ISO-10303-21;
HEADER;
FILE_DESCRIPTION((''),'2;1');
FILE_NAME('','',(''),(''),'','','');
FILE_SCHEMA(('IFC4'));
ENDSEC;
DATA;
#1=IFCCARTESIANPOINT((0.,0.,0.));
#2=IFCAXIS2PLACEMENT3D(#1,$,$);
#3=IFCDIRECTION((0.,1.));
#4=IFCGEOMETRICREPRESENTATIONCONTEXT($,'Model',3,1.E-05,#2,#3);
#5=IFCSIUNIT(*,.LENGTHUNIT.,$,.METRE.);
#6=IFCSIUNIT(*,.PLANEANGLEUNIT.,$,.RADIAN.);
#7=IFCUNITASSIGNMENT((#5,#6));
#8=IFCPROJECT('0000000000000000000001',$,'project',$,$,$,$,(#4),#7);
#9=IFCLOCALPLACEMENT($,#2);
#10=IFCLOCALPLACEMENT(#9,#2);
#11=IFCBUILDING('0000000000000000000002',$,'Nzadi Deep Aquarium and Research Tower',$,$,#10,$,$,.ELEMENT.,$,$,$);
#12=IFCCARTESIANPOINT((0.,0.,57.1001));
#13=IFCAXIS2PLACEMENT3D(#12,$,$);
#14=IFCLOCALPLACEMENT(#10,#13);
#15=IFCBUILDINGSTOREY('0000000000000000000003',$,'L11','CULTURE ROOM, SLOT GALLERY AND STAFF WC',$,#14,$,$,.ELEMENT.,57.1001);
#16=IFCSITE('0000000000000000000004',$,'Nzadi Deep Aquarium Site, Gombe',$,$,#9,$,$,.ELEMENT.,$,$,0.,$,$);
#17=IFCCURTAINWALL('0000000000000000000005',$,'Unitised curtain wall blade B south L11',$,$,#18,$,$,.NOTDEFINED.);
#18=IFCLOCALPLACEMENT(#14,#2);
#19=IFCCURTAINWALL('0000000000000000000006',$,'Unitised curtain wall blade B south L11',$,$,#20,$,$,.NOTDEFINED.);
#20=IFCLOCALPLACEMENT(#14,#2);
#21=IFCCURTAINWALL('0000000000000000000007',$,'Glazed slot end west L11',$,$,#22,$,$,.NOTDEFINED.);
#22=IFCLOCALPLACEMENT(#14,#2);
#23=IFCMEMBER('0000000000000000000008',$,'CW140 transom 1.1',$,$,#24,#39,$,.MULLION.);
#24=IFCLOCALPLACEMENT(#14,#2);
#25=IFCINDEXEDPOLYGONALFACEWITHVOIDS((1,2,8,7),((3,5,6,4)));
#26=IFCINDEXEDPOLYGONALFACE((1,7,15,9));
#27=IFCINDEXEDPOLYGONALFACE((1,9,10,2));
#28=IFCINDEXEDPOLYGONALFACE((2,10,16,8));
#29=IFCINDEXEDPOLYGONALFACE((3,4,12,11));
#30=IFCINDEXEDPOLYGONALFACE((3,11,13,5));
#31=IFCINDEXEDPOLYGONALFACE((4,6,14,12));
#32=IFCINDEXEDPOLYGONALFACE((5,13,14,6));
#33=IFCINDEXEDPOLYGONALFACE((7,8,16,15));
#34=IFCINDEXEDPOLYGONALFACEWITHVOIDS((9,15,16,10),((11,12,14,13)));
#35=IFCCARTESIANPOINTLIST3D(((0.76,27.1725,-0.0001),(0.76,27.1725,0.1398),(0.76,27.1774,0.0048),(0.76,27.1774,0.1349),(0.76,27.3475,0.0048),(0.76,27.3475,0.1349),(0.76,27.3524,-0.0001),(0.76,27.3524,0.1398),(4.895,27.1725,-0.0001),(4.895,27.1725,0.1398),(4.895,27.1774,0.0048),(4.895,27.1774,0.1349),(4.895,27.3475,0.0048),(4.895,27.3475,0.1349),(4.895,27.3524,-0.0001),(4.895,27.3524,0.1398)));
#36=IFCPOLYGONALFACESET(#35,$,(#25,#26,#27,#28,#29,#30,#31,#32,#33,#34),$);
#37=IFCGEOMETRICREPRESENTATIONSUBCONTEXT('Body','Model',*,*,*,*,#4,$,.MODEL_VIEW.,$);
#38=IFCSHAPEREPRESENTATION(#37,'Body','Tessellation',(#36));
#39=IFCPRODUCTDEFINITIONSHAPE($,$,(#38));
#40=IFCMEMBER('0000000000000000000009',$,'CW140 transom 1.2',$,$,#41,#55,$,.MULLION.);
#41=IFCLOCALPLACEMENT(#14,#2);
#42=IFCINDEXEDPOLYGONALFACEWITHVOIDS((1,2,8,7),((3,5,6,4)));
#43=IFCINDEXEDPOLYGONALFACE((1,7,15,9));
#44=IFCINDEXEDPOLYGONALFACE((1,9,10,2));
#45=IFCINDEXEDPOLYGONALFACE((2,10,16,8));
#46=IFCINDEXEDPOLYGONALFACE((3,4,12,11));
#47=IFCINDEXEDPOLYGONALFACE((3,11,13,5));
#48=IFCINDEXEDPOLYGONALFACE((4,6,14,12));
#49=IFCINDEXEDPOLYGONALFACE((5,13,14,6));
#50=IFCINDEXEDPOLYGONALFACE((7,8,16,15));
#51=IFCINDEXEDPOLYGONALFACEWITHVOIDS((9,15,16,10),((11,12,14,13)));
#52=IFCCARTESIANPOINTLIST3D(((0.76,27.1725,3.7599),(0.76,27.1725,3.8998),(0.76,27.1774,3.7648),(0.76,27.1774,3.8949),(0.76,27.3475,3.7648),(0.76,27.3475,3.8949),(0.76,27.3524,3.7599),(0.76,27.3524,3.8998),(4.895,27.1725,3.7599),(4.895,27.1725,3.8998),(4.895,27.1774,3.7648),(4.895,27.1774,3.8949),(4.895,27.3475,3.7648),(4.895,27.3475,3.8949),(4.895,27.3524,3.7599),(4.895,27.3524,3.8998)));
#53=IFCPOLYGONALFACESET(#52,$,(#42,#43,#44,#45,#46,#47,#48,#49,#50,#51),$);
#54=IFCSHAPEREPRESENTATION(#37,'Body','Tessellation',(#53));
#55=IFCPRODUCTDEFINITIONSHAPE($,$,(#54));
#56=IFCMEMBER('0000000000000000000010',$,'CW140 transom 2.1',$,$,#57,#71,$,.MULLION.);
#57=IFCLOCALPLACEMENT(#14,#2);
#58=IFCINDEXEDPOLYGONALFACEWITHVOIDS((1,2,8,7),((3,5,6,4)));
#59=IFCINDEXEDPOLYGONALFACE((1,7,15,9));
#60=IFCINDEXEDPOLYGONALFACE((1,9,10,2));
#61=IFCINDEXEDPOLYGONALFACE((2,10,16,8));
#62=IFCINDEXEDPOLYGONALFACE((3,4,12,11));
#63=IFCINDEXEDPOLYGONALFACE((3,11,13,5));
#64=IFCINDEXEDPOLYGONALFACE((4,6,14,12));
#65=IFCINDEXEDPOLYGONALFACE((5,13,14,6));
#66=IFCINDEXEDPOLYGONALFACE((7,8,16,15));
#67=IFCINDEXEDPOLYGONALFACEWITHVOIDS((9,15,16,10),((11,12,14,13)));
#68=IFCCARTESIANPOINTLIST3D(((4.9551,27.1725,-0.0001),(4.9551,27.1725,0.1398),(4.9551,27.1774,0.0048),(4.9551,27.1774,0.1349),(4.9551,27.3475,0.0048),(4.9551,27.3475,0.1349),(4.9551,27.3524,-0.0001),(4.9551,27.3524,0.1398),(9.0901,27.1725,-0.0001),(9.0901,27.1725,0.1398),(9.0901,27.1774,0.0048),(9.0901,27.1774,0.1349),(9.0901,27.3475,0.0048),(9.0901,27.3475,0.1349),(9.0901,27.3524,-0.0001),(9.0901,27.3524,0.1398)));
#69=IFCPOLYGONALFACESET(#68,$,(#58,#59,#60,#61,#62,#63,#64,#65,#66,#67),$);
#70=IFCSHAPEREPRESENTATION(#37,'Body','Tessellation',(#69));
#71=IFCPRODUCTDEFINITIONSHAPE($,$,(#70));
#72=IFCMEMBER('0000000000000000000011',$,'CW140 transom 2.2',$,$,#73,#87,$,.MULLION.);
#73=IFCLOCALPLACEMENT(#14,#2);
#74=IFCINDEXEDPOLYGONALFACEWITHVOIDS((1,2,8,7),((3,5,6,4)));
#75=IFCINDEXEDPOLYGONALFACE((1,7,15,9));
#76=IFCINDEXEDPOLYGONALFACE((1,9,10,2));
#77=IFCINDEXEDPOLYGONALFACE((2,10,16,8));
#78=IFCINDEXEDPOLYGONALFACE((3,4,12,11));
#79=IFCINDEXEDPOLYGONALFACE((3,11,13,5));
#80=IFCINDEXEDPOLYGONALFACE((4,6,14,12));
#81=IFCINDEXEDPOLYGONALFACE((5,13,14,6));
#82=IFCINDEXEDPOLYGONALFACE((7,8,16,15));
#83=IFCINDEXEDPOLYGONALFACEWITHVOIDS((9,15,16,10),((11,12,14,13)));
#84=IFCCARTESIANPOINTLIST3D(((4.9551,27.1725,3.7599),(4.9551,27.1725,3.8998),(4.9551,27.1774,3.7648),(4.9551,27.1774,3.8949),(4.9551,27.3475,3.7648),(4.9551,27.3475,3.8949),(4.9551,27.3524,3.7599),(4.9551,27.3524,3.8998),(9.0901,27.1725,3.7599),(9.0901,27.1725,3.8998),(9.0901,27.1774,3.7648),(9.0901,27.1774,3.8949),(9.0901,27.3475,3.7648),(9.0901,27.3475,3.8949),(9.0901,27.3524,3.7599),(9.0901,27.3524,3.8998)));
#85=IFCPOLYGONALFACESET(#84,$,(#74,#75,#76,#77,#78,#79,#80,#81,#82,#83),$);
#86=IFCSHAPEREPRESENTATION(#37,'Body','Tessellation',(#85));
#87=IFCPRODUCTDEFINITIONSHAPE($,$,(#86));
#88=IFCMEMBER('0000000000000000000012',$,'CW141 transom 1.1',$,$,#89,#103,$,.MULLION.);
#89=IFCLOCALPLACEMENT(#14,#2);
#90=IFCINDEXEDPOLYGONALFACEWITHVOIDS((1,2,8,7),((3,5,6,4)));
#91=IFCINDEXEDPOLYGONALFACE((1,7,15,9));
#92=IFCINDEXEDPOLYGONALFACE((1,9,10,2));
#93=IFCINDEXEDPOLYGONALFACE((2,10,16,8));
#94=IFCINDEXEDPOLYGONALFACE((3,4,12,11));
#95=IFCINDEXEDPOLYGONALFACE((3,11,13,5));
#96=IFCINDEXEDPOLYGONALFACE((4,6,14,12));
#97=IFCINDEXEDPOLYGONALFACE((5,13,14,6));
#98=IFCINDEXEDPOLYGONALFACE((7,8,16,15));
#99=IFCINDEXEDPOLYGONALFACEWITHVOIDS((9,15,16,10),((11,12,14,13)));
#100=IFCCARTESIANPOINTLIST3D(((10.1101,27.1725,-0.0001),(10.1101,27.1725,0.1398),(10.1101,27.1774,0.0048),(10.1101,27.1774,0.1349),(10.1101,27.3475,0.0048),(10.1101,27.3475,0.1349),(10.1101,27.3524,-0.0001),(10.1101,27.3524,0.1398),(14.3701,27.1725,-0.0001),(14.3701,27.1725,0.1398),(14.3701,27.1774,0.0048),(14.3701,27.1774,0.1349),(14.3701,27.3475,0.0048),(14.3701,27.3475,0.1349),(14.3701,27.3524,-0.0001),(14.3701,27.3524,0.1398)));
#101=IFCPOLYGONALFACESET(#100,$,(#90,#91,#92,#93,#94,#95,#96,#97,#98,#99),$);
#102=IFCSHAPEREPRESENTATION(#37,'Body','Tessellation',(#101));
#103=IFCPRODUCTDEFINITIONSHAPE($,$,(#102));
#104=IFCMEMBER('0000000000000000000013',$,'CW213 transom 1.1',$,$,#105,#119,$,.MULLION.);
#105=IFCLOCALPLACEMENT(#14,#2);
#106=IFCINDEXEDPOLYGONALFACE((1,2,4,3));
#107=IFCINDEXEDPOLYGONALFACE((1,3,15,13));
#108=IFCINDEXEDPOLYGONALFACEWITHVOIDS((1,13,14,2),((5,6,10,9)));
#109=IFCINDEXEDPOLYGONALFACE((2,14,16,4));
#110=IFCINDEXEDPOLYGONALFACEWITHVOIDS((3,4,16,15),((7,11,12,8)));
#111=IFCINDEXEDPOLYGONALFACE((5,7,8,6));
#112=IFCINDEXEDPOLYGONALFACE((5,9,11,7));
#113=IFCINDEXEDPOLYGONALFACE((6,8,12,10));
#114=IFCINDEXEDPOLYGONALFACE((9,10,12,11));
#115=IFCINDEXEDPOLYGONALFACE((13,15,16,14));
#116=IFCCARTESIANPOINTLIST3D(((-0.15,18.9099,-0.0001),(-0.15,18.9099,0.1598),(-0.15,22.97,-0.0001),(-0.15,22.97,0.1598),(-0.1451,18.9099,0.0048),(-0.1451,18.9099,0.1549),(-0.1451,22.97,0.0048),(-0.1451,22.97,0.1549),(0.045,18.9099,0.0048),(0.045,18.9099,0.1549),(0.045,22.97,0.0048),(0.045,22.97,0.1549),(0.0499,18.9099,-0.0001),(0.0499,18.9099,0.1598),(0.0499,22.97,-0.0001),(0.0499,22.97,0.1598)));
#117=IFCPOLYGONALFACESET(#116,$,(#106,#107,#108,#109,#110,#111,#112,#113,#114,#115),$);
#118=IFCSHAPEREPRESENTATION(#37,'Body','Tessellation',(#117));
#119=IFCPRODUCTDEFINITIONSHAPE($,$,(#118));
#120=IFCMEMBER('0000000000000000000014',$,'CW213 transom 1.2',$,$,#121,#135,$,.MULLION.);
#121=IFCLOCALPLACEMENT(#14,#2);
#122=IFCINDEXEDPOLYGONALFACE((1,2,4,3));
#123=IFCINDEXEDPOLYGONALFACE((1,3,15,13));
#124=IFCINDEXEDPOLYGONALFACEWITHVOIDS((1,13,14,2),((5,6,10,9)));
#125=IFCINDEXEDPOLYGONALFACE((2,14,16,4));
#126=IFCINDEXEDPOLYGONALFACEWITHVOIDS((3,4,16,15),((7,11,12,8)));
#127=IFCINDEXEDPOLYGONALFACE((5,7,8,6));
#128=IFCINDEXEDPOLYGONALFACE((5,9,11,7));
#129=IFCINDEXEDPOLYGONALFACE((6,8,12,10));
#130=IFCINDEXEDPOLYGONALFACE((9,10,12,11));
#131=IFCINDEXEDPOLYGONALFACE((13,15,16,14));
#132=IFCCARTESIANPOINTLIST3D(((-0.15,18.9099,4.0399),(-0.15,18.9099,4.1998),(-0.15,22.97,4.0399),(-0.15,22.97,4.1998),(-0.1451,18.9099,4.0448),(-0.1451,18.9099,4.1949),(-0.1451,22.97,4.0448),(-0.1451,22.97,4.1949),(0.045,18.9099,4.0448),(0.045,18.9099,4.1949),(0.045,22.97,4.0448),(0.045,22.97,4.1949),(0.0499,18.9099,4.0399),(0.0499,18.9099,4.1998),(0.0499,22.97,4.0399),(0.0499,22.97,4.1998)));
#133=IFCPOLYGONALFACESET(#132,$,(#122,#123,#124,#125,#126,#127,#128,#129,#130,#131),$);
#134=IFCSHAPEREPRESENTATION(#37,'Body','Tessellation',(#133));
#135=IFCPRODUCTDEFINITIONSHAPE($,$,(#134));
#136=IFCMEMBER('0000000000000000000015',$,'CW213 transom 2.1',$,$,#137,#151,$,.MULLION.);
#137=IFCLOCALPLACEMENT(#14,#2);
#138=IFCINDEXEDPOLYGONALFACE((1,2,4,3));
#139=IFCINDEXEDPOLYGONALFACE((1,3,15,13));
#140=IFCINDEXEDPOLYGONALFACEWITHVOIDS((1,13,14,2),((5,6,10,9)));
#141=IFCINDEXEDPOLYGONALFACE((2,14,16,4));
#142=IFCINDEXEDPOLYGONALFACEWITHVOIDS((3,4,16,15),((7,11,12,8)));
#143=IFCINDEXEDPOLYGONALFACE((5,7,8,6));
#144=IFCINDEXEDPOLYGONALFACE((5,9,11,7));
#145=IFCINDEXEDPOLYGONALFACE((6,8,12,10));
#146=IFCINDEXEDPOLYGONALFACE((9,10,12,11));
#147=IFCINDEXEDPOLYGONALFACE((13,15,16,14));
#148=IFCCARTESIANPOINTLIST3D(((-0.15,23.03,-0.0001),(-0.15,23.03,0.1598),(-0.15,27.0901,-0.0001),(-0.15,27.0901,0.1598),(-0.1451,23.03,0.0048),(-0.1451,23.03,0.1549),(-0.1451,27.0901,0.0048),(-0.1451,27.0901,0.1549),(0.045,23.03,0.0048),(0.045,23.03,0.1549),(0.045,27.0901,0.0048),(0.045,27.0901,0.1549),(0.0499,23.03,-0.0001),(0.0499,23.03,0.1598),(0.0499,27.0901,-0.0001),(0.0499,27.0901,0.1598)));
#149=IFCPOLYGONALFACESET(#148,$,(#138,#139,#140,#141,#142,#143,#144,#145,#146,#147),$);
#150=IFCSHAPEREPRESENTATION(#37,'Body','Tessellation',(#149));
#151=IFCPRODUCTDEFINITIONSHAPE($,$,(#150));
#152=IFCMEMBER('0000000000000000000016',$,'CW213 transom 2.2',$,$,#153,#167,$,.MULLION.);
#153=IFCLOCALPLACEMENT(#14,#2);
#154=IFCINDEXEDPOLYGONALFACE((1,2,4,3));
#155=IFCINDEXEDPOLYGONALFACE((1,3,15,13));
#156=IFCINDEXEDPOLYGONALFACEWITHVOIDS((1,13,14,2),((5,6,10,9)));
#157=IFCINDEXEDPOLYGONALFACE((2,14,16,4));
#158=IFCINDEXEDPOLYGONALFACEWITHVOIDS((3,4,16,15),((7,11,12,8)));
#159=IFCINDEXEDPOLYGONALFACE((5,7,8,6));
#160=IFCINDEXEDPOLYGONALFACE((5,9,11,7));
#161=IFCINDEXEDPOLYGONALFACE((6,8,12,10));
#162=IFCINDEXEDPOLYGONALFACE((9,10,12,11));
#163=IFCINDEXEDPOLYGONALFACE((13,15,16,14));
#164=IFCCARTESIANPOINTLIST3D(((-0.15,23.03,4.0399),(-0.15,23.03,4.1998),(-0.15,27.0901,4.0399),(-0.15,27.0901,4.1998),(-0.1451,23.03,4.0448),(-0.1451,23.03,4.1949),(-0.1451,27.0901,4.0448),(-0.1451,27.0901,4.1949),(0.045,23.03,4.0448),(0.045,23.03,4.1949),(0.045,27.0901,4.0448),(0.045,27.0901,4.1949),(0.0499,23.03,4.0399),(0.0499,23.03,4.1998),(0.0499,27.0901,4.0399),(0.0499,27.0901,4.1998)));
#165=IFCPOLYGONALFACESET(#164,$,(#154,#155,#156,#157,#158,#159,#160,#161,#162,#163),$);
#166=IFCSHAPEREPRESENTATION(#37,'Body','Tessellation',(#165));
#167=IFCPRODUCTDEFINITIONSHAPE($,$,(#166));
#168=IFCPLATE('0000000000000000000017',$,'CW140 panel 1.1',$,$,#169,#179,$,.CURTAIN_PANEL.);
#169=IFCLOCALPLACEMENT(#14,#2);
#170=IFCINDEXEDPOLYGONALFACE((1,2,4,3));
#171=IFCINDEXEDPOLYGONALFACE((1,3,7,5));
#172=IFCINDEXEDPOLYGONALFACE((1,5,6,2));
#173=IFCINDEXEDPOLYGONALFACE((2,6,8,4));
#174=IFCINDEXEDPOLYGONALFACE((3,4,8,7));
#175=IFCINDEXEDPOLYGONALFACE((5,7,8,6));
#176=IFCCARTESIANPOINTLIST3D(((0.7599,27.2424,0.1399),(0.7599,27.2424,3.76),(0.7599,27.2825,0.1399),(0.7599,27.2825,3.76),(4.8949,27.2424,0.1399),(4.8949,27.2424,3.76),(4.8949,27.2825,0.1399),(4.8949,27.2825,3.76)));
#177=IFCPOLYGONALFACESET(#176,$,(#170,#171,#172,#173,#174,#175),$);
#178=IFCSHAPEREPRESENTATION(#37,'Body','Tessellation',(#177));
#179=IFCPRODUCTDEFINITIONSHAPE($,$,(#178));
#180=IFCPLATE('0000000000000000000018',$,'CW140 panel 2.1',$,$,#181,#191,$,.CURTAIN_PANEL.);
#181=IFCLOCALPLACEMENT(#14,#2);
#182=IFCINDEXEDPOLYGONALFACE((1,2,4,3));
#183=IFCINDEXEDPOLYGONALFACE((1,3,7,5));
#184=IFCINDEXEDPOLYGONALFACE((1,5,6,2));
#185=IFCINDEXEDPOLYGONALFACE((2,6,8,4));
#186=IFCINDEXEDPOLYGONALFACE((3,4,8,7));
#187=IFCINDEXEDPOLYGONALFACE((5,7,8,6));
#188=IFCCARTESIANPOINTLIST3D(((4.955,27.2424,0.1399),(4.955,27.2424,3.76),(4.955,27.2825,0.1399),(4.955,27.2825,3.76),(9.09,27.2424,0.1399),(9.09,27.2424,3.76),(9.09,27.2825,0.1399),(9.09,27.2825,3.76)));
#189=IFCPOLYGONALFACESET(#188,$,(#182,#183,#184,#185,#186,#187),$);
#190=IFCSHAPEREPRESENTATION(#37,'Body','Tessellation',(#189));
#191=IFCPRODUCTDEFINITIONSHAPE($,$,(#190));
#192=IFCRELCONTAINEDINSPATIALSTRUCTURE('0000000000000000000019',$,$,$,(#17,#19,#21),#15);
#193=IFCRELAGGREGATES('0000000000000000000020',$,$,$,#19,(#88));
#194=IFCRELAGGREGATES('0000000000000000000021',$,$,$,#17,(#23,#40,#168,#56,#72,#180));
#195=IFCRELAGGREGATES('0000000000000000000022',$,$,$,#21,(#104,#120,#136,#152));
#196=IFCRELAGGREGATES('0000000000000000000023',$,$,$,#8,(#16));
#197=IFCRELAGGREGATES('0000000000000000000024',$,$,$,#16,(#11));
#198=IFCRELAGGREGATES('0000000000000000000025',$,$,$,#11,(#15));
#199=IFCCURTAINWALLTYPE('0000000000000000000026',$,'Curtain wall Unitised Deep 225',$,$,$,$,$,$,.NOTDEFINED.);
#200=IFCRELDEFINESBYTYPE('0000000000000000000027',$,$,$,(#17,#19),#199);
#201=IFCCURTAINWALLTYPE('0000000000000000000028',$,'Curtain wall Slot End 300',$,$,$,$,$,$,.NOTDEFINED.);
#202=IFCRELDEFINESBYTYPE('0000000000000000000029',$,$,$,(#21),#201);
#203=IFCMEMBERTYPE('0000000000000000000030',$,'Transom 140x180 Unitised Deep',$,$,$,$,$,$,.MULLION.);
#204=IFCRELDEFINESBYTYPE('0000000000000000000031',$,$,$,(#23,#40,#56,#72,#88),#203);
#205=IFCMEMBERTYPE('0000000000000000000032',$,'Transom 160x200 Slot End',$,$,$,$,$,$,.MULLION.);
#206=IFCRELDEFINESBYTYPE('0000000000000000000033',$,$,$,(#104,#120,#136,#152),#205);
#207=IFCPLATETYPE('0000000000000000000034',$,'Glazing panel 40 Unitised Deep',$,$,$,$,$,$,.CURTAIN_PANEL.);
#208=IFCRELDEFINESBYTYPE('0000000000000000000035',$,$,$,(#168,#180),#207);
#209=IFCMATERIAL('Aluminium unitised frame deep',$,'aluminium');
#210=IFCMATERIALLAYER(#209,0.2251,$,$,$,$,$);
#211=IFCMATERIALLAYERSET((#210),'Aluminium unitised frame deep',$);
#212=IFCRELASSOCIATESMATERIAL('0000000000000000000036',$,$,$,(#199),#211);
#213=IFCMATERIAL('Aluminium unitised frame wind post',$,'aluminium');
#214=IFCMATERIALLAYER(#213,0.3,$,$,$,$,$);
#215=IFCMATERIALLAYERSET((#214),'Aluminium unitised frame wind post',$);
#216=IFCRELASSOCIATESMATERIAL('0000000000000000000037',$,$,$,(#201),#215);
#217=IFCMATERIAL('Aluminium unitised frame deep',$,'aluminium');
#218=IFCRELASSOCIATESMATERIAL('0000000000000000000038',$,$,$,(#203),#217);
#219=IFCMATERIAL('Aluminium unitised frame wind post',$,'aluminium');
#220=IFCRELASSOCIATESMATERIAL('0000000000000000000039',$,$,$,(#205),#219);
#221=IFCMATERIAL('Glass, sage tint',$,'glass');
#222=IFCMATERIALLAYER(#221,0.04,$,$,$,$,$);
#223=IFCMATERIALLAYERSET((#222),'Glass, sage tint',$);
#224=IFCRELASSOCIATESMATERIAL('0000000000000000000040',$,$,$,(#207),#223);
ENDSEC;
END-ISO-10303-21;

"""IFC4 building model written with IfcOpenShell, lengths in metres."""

from ifc_helpers import new_model, si_unit, direction, frame, origin, origin_2d, place, context, subcontext, project, spatial, rectangle, hollow_rectangle, extrude, material, layer, layer_set, material_profile, profile_set, type_object, element, aggregate, save


model = new_model("IFC4")

# Units and contexts
model_context = context("Model", 3, precision=1e-05, world=origin(), true_north=direction((0.0, 1.0)))
body_context = subcontext(model_context, "Body", "Model", "MODEL_VIEW")
ifc_project = project(units=[si_unit("LENGTHUNIT", "METRE"), si_unit("PLANEANGLEUNIT", "RADIAN")], contexts=[model_context])

# Site, building, storey
site_placement = place(None, origin())
site = spatial("IfcSite", under=ifc_project, at=site_placement, Name="Nzadi Deep Aquarium Site, Gombe", CompositionType="ELEMENT", RefElevation=0.0)
building_placement = place(site_placement, origin())
building = spatial("IfcBuilding", under=site, at=building_placement, Name="Nzadi Deep Aquarium and Research Tower", CompositionType="ELEMENT")
storey_placement = place(building_placement, frame((0.0, 0.0, 57.1001)))
storey = spatial("IfcBuildingStorey", under=building, at=storey_placement, Name="L11", Description="CULTURE ROOM, SLOT GALLERY AND STAFF WC", CompositionType="ELEMENT", Elevation=57.1001)

# Curtain wall
ifc_material_1 = material(Name="Aluminium unitised frame deep", Category="aluminium")
ifc_layer_1 = layer(ifc_material_1, 0.2251)
ifc_layer_set_1 = layer_set([ifc_layer_1], Name="Aluminium unitised frame deep")
curtain_wall_type_1 = type_object("IfcCurtainWallType", Name="Curtain wall Unitised Deep 225", PredefinedType="NOTDEFINED", material=ifc_layer_set_1)
curtain_wall_1_placement = place(storey_placement, origin())
curtain_wall_1 = element("IfcCurtainWall", 1, at=curtain_wall_1_placement, inside=storey, type_object=curtain_wall_type_1, Name="Unitised curtain wall blade B south L11", PredefinedType="NOTDEFINED")

# Curtain wall
curtain_wall_2_placement = place(storey_placement, origin())
curtain_wall_2 = element("IfcCurtainWall", 2, at=curtain_wall_2_placement, inside=storey, type_object=curtain_wall_type_1, Name="Unitised curtain wall blade B south L11", PredefinedType="NOTDEFINED")

# Curtain wall
ifc_material_2 = material(Name="Aluminium unitised frame wind post", Category="aluminium")
ifc_layer_2 = layer(ifc_material_2, 0.3)
ifc_layer_set_2 = layer_set([ifc_layer_2], Name="Aluminium unitised frame wind post")
curtain_wall_type_2 = type_object("IfcCurtainWallType", Name="Curtain wall Slot End 300", PredefinedType="NOTDEFINED", material=ifc_layer_set_2)
curtain_wall_3_placement = place(storey_placement, origin())
curtain_wall_3 = element("IfcCurtainWall", 3, at=curtain_wall_3_placement, inside=storey, type_object=curtain_wall_type_2, Name="Glazed slot end west L11", PredefinedType="NOTDEFINED")

# Members
ifc_material_3 = material(Name="Aluminium unitised frame deep", Category="aluminium")
ifc_material_profile_1 = material_profile(ifc_material_3, hollow_rectangle(XDim=0.1799, YDim=0.1399, WallThickness=0.0049, at=origin_2d()))
ifc_profile_set_1 = profile_set([ifc_material_profile_1], Name="Aluminium unitised frame deep")
member_type_1 = type_object("IfcMemberType", Name="Transom 140x180 Unitised Deep", PredefinedType="MULLION", material=ifc_profile_set_1)
member_1_placement = place(storey_placement, frame((0.76, 27.2625, 0.0698), z_axis=(1.0, 0.0, 0.0), x_axis=(0.0, 1.0, 0.0)))
member_1 = element("IfcMember", 4, at=member_1_placement, type_object=member_type_1, Name="CW140 transom 1.1", PredefinedType="MULLION", context=body_context, shape_type="SweptSolid", body=[
    extrude(hollow_rectangle(XDim=0.1799, YDim=0.1399, WallThickness=0.0049, at=origin_2d()), origin(), (0.0, 0.0, 1.0), 4.135),
])
member_2_placement = place(storey_placement, frame((0.76, 27.2625, 3.8298), z_axis=(1.0, 0.0, 0.0), x_axis=(0.0, 1.0, 0.0)))
member_2 = element("IfcMember", 5, at=member_2_placement, type_object=member_type_1, Name="CW140 transom 1.2", PredefinedType="MULLION", context=body_context, shape_type="SweptSolid", body=[
    extrude(hollow_rectangle(XDim=0.1799, YDim=0.1399, WallThickness=0.0049, at=origin_2d()), origin(), (0.0, 0.0, 1.0), 4.135),
])
member_3_placement = place(storey_placement, frame((4.9551, 27.2625, 0.0698), z_axis=(1.0, 0.0, 0.0), x_axis=(0.0, 1.0, 0.0)))
member_3 = element("IfcMember", 6, at=member_3_placement, type_object=member_type_1, Name="CW140 transom 2.1", PredefinedType="MULLION", context=body_context, shape_type="SweptSolid", body=[
    extrude(hollow_rectangle(XDim=0.1799, YDim=0.1399, WallThickness=0.0049, at=origin_2d()), origin(), (0.0, 0.0, 1.0), 4.135),
])
member_4_placement = place(storey_placement, frame((4.9551, 27.2625, 3.8298), z_axis=(1.0, 0.0, 0.0), x_axis=(0.0, 1.0, 0.0)))
member_4 = element("IfcMember", 7, at=member_4_placement, type_object=member_type_1, Name="CW140 transom 2.2", PredefinedType="MULLION", context=body_context, shape_type="SweptSolid", body=[
    extrude(hollow_rectangle(XDim=0.1799, YDim=0.1399, WallThickness=0.0049, at=origin_2d()), origin(), (0.0, 0.0, 1.0), 4.135),
])
member_5_placement = place(storey_placement, frame((10.1101, 27.2625, 0.0698), z_axis=(1.0, 0.0, 0.0), x_axis=(0.0, 1.0, 0.0)))
member_5 = element("IfcMember", 8, at=member_5_placement, type_object=member_type_1, Name="CW141 transom 1.1", PredefinedType="MULLION", context=body_context, shape_type="SweptSolid", body=[
    extrude(hollow_rectangle(XDim=0.1799, YDim=0.1399, WallThickness=0.0049, at=origin_2d()), origin(), (0.0, 0.0, 1.0), 4.26),
])
aggregate(curtain_wall_2, [member_5])
ifc_material_4 = material(Name="Aluminium unitised frame wind post", Category="aluminium")
ifc_material_profile_2 = material_profile(ifc_material_4, hollow_rectangle(XDim=0.2, YDim=0.1599, WallThickness=0.0049, at=origin_2d()))
ifc_profile_set_2 = profile_set([ifc_material_profile_2], Name="Aluminium unitised frame wind post")
member_type_2 = type_object("IfcMemberType", Name="Transom 160x200 Slot End", PredefinedType="MULLION", material=ifc_profile_set_2)
member_6_placement = place(storey_placement, frame((-0.05, 18.9099, 0.0798), z_axis=(0.0, 1.0, 0.0), x_axis=(-1.0, 0.0, 0.0)))
member_6 = element("IfcMember", 9, at=member_6_placement, type_object=member_type_2, Name="CW213 transom 1.1", PredefinedType="MULLION", context=body_context, shape_type="SweptSolid", body=[
    extrude(hollow_rectangle(XDim=0.2, YDim=0.1599, WallThickness=0.0049, at=origin_2d()), origin(), (0.0, 0.0, 1.0), 4.0601),
])
member_7_placement = place(storey_placement, frame((-0.05, 18.9099, 4.1199), z_axis=(0.0, 1.0, 0.0), x_axis=(-1.0, 0.0, 0.0)))
member_7 = element("IfcMember", 10, at=member_7_placement, type_object=member_type_2, Name="CW213 transom 1.2", PredefinedType="MULLION", context=body_context, shape_type="SweptSolid", body=[
    extrude(hollow_rectangle(XDim=0.2, YDim=0.1599, WallThickness=0.0049, at=origin_2d()), origin(), (0.0, 0.0, 1.0), 4.0601),
])
member_8_placement = place(storey_placement, frame((-0.05, 23.03, 0.0798), z_axis=(0.0, 1.0, 0.0), x_axis=(-1.0, 0.0, 0.0)))
member_8 = element("IfcMember", 11, at=member_8_placement, type_object=member_type_2, Name="CW213 transom 2.1", PredefinedType="MULLION", context=body_context, shape_type="SweptSolid", body=[
    extrude(hollow_rectangle(XDim=0.2, YDim=0.1599, WallThickness=0.0049, at=origin_2d()), origin(), (0.0, 0.0, 1.0), 4.0601),
])
member_9_placement = place(storey_placement, frame((-0.05, 23.03, 4.1199), z_axis=(0.0, 1.0, 0.0), x_axis=(-1.0, 0.0, 0.0)))
member_9 = element("IfcMember", 12, at=member_9_placement, type_object=member_type_2, Name="CW213 transom 2.2", PredefinedType="MULLION", context=body_context, shape_type="SweptSolid", body=[
    extrude(hollow_rectangle(XDim=0.2, YDim=0.1599, WallThickness=0.0049, at=origin_2d()), origin(), (0.0, 0.0, 1.0), 4.0601),
])

# Plates
ifc_material_5 = material(Name="Glass, sage tint", Category="glass")
ifc_layer_3 = layer(ifc_material_5, 0.04)
ifc_layer_set_3 = layer_set([ifc_layer_3], Name="Glass, sage tint")
plate_type_1 = type_object("IfcPlateType", Name="Glazing panel 40 Unitised Deep", PredefinedType="CURTAIN_PANEL", material=ifc_layer_set_3)
plate_1_placement = place(storey_placement, frame((2.8274, 27.2625, 0.1399), z_axis=(0.0, 0.0, 1.0), x_axis=(1.0, 0.0, 0.0)))
plate_1 = element("IfcPlate", 13, at=plate_1_placement, type_object=plate_type_1, Name="CW140 panel 1.1", PredefinedType="CURTAIN_PANEL", context=body_context, shape_type="SweptSolid", body=[
    extrude(rectangle(XDim=4.135, YDim=0.04, at=origin_2d()), origin(), (0.0, 0.0, 1.0), 3.6201),
])
plate_2_placement = place(storey_placement, frame((7.0225, 27.2625, 0.1399), z_axis=(0.0, 0.0, 1.0), x_axis=(1.0, 0.0, 0.0)))
plate_2 = element("IfcPlate", 14, at=plate_2_placement, type_object=plate_type_1, Name="CW140 panel 2.1", PredefinedType="CURTAIN_PANEL", context=body_context, shape_type="SweptSolid", body=[
    extrude(rectangle(XDim=4.135, YDim=0.04, at=origin_2d()), origin(), (0.0, 0.0, 1.0), 3.6201),
])
aggregate(curtain_wall_1, [member_1, member_2, plate_1, member_3, member_4, plate_2])
aggregate(curtain_wall_3, [member_6, member_7, member_8, member_9])

save(model, "model.ifc")
